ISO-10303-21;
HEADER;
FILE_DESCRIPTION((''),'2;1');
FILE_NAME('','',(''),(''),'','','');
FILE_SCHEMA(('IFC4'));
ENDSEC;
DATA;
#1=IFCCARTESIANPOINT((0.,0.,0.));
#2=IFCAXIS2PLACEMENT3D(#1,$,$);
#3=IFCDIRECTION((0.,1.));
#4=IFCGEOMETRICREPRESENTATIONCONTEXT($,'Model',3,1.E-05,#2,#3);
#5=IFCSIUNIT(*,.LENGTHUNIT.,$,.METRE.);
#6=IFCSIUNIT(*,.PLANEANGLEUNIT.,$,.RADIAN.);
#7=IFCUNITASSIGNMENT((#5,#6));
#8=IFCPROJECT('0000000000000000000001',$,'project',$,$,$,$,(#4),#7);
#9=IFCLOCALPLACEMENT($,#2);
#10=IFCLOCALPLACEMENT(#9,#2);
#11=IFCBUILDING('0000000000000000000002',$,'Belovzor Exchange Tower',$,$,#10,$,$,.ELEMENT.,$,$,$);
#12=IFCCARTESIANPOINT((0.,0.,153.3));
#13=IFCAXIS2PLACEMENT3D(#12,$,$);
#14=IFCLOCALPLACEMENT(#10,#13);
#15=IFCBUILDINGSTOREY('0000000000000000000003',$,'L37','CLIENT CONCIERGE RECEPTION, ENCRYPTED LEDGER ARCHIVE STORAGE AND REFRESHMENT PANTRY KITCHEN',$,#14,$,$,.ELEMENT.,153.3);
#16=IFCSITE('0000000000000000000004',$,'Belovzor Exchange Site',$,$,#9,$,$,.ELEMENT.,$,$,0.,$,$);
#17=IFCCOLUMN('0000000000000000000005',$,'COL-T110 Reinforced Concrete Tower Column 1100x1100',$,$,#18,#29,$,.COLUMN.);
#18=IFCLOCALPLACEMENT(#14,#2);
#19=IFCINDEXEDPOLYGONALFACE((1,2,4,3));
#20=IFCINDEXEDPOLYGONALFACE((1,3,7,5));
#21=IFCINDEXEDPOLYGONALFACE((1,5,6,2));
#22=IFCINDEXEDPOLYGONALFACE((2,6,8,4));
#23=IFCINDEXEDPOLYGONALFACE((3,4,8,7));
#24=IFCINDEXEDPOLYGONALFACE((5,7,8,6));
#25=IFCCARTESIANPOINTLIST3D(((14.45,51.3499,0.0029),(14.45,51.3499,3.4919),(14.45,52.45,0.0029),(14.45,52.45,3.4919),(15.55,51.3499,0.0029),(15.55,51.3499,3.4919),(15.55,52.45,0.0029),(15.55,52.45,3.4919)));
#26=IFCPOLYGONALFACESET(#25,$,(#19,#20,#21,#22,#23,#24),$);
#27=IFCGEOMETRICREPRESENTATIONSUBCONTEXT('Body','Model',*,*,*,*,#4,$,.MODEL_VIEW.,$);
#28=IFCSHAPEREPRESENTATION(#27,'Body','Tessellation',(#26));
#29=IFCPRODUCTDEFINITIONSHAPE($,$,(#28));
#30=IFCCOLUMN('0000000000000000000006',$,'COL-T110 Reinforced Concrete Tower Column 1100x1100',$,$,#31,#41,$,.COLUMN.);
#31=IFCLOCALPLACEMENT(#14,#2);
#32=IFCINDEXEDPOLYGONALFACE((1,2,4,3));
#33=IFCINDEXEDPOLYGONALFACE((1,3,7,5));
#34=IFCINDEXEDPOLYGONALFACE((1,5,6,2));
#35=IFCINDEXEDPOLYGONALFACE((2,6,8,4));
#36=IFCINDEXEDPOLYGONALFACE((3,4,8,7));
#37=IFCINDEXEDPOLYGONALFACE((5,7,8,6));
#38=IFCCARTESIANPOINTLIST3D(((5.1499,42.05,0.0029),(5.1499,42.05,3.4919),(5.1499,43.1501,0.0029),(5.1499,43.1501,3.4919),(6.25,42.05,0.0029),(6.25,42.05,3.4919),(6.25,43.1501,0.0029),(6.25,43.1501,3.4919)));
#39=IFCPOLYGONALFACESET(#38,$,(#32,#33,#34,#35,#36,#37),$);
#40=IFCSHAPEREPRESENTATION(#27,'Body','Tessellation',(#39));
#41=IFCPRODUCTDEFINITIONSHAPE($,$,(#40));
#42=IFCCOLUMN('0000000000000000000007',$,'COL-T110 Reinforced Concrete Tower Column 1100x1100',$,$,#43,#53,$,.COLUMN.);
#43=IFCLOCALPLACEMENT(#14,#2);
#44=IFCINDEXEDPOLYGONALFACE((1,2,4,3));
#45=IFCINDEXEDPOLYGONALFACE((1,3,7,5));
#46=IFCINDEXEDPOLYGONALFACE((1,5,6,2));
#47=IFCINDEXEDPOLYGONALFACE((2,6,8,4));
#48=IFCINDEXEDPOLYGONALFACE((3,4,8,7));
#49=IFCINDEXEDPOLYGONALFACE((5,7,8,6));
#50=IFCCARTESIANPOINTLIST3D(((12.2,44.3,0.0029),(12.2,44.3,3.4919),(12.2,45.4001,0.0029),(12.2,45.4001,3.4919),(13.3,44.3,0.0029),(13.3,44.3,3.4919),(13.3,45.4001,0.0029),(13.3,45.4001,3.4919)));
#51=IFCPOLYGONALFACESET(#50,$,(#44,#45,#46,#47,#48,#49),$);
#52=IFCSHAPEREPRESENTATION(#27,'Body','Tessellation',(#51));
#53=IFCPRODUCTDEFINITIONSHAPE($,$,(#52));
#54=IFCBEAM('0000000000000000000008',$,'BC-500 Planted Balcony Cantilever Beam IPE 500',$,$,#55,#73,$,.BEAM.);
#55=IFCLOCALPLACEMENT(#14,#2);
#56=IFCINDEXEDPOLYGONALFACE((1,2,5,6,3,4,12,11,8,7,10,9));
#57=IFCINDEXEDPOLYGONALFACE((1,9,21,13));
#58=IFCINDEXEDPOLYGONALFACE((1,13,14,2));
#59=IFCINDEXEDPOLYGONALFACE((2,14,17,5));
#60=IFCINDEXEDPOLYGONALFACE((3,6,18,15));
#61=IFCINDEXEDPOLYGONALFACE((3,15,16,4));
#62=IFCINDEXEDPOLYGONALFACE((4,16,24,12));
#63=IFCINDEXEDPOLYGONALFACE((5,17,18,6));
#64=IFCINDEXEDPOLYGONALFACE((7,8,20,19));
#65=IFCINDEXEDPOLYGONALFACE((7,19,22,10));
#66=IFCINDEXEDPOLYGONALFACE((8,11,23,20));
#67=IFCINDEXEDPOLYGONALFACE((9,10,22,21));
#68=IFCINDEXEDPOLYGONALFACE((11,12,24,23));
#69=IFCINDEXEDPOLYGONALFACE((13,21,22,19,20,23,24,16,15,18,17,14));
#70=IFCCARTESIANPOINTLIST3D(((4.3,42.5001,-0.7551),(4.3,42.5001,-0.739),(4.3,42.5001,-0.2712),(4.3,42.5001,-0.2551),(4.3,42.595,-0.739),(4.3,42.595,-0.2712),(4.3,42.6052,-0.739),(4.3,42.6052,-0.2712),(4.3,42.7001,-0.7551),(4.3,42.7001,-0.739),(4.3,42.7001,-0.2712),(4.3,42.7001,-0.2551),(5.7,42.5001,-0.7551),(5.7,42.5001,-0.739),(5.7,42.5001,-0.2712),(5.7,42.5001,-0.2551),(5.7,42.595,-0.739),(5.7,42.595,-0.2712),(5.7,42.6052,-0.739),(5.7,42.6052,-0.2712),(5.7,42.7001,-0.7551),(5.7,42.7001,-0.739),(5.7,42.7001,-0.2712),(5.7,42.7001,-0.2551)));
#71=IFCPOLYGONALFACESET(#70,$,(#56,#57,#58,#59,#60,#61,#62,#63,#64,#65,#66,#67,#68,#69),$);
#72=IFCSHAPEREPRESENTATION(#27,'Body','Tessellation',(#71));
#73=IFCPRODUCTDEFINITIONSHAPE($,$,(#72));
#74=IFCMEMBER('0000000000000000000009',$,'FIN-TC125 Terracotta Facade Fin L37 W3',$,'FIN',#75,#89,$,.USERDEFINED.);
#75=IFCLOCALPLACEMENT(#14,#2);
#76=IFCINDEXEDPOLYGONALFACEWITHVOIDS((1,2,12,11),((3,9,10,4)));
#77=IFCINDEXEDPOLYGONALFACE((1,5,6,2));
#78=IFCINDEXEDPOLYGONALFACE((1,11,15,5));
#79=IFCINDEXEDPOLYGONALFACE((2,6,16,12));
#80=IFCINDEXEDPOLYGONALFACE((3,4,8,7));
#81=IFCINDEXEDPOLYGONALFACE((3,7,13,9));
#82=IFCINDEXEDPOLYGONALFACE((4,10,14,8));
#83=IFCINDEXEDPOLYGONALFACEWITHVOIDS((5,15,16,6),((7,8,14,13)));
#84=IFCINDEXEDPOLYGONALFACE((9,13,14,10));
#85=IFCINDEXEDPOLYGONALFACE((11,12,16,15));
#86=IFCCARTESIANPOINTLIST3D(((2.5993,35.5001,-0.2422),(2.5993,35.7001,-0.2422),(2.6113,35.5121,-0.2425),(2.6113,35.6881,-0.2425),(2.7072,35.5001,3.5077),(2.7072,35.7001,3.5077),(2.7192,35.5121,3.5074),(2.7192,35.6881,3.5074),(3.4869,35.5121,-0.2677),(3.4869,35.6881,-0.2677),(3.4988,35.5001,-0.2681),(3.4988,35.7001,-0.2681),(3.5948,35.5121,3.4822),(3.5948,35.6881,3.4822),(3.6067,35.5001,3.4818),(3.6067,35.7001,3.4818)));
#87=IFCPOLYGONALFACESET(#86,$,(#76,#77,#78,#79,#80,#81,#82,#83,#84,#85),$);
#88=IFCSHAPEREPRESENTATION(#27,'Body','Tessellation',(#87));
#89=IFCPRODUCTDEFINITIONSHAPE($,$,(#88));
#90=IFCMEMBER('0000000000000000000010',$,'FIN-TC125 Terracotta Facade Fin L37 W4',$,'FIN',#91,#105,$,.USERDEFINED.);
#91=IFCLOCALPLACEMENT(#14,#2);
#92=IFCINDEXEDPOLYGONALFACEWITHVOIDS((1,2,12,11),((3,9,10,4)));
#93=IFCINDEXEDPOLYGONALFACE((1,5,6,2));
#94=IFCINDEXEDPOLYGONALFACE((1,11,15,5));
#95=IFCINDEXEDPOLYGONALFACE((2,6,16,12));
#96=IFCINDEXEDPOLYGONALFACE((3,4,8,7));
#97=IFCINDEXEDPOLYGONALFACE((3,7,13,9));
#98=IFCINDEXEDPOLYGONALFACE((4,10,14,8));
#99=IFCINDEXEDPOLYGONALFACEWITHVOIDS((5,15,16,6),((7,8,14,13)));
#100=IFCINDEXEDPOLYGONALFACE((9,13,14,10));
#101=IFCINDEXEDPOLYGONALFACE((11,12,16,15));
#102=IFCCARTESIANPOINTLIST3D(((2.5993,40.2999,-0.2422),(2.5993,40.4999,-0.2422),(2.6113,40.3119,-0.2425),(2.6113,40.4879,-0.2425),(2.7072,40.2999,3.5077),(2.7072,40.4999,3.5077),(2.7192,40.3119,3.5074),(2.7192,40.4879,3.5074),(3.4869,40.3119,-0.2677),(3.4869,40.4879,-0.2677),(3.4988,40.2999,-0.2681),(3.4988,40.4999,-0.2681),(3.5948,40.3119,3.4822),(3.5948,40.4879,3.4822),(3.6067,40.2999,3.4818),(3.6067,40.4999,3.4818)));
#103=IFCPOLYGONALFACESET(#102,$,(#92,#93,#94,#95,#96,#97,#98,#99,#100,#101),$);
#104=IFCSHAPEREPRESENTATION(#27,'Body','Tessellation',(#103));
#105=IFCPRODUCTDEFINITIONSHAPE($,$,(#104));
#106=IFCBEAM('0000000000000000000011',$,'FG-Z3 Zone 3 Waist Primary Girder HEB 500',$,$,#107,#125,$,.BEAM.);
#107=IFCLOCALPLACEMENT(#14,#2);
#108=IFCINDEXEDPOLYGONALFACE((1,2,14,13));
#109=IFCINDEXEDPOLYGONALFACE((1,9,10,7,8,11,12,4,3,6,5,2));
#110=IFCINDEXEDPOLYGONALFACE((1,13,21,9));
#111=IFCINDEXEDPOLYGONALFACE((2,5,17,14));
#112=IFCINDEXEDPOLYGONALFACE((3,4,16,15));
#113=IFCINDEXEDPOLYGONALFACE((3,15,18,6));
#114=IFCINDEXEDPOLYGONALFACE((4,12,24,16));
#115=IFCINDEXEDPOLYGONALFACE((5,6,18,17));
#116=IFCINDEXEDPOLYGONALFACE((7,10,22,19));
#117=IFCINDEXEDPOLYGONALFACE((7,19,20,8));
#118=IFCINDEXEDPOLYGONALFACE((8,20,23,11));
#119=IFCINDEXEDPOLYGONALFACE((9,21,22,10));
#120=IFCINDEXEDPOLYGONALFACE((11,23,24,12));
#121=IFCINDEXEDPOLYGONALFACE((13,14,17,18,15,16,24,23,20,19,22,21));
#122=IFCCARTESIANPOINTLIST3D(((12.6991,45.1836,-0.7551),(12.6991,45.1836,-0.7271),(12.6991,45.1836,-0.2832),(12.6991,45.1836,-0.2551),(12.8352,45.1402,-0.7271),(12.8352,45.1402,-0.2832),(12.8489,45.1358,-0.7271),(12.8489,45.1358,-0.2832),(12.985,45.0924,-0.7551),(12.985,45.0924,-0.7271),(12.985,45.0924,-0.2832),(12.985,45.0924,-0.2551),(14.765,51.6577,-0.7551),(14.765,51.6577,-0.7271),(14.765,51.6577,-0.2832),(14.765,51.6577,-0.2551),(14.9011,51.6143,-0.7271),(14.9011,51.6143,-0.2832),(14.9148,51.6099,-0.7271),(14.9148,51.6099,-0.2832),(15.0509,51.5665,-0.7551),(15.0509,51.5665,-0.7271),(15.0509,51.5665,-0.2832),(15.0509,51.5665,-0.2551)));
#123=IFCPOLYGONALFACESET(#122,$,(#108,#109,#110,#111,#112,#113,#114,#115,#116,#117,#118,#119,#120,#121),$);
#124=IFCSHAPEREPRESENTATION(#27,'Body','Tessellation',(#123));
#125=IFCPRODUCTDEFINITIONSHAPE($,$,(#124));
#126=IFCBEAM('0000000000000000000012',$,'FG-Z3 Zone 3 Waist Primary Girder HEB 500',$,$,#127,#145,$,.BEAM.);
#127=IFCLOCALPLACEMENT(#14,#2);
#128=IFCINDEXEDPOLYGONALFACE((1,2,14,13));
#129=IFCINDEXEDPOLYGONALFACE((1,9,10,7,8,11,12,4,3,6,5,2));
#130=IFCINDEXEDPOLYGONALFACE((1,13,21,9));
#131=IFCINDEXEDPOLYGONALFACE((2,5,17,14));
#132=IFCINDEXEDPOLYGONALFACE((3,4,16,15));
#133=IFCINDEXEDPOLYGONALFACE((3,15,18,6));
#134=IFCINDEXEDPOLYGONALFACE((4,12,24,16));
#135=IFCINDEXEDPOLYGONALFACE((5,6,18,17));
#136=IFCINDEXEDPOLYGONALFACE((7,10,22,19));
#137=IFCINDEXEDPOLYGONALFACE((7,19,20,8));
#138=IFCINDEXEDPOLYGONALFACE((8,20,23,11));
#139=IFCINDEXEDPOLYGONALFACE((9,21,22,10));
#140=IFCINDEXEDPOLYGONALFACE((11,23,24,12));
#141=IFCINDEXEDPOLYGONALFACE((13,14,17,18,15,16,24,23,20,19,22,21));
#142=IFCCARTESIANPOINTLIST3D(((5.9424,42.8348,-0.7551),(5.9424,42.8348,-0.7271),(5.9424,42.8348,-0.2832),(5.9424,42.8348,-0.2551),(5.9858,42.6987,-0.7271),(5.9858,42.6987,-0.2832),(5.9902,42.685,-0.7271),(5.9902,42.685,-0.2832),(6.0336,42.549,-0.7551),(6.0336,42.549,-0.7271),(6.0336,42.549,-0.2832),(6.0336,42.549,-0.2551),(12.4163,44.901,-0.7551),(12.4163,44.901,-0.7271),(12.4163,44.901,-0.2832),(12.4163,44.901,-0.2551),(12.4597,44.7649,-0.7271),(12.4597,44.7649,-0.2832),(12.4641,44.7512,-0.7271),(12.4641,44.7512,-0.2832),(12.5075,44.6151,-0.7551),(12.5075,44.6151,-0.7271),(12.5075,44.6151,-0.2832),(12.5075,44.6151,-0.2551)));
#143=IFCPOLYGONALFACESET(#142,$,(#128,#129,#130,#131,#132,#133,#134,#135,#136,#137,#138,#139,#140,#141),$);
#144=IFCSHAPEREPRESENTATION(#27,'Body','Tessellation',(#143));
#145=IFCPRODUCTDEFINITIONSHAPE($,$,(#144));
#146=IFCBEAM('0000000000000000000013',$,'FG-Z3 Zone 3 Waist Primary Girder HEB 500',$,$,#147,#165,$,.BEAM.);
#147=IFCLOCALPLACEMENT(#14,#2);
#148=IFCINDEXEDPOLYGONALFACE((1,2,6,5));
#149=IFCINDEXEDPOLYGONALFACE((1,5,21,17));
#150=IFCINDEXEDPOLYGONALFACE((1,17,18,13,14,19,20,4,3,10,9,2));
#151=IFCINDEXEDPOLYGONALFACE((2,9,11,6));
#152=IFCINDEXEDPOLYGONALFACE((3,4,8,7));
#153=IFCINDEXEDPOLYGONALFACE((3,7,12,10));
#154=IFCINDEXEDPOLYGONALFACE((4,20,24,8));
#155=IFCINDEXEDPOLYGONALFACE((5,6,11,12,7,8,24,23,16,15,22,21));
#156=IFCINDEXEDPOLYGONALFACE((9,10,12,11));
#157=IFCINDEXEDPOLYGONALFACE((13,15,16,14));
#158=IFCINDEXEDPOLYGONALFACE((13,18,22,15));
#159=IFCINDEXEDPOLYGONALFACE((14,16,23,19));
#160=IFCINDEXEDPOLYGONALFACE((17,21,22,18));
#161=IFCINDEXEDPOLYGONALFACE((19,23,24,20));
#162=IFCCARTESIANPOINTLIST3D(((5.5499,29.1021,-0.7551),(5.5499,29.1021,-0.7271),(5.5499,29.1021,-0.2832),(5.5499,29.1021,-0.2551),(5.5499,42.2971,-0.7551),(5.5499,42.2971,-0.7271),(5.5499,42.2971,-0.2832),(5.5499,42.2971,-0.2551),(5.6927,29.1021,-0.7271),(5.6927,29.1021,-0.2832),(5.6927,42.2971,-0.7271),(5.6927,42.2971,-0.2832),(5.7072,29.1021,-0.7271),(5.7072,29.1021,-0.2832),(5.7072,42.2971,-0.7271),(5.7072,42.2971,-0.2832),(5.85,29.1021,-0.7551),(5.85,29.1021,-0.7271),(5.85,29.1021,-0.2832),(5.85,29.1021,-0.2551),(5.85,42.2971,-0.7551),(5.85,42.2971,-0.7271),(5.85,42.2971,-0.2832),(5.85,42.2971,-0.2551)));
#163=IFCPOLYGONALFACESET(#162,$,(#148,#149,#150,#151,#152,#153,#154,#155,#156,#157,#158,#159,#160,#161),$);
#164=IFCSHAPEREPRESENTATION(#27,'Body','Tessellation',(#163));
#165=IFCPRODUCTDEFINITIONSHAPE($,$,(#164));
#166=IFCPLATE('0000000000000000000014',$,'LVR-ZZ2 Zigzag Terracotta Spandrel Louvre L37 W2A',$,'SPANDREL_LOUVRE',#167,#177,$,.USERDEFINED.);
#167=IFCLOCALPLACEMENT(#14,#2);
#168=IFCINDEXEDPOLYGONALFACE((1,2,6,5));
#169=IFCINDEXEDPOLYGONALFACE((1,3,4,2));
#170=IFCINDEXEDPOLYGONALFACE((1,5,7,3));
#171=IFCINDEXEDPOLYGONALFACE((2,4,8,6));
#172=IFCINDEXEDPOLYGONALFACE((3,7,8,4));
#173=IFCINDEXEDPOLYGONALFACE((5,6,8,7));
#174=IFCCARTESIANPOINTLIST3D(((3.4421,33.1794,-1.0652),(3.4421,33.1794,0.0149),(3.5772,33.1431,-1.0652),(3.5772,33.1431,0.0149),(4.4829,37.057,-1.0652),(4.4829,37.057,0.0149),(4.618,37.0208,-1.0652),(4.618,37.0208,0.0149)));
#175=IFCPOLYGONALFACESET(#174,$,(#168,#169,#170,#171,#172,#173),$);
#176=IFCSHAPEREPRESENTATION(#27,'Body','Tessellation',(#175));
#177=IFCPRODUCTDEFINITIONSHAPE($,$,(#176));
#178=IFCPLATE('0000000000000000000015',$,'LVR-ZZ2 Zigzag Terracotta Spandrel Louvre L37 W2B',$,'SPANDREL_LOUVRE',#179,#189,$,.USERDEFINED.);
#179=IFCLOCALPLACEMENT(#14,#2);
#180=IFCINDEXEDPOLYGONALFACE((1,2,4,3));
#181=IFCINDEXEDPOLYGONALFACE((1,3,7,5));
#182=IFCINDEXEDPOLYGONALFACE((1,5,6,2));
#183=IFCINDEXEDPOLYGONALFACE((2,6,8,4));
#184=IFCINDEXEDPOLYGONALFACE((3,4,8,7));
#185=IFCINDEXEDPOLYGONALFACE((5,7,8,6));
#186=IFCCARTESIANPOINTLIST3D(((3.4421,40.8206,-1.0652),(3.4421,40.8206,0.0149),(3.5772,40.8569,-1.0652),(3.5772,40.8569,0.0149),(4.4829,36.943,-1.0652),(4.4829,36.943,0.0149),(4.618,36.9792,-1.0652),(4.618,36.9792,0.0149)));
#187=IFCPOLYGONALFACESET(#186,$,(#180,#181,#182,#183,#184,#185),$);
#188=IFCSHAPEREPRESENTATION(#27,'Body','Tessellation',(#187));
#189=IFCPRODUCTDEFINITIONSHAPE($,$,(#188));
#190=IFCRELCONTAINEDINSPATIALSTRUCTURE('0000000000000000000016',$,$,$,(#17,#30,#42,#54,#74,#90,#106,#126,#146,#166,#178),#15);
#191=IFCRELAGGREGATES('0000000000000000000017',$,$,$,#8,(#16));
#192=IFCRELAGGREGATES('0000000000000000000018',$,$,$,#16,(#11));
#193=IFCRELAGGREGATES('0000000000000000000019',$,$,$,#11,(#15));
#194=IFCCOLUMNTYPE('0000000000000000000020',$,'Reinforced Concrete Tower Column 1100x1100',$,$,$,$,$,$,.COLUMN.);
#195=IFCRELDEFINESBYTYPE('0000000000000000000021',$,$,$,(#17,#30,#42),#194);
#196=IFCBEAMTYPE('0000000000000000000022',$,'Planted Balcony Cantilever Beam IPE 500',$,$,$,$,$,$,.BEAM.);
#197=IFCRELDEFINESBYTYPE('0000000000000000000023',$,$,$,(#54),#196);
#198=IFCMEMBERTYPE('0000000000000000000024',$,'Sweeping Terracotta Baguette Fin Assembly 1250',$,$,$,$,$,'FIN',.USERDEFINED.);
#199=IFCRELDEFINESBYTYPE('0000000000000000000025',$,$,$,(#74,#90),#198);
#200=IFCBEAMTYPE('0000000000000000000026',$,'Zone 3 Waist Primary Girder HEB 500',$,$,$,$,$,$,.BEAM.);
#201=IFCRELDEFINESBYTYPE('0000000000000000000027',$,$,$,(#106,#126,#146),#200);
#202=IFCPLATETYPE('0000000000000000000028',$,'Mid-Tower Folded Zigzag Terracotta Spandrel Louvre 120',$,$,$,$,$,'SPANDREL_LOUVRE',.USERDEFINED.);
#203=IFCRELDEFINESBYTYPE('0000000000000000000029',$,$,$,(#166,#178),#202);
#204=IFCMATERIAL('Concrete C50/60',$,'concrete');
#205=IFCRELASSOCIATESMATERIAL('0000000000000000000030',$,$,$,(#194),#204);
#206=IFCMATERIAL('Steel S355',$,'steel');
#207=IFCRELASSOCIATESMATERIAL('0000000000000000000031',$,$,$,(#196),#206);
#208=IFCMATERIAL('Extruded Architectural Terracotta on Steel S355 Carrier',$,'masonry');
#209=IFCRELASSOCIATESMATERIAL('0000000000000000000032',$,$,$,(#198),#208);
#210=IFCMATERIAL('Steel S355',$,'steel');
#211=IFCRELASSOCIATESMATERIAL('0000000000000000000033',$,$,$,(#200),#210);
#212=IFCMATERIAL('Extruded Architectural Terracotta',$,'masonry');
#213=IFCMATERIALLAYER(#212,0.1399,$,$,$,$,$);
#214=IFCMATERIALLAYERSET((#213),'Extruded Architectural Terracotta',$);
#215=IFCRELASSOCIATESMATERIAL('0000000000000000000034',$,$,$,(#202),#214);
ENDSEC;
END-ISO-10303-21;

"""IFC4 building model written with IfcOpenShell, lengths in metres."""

from ifc_helpers import new_model, si_unit, direction, frame, origin, origin_2d, place, context, subcontext, project, spatial, rectangle, hollow_rectangle, i_section, extrude, material, layer, layer_set, material_profile, profile_set, type_object, element, save


model = new_model("IFC4")

# Units and contexts
model_context = context("Model", 3, precision=1e-05, world=origin(), true_north=direction((0.0, 1.0)))
body_context = subcontext(model_context, "Body", "Model", "MODEL_VIEW")
ifc_project = project(units=[si_unit("LENGTHUNIT", "METRE"), si_unit("PLANEANGLEUNIT", "RADIAN")], contexts=[model_context])

# Site, building, storey
site_placement = place(None, origin())
site = spatial("IfcSite", under=ifc_project, at=site_placement, Name="Belovzor Exchange Site", CompositionType="ELEMENT", RefElevation=0.0)
building_placement = place(site_placement, origin())
building = spatial("IfcBuilding", under=site, at=building_placement, Name="Belovzor Exchange Tower", CompositionType="ELEMENT")
storey_placement = place(building_placement, frame((0.0, 0.0, 153.3)))
storey = spatial("IfcBuildingStorey", under=building, at=storey_placement, Name="L37", Description="CLIENT CONCIERGE RECEPTION, ENCRYPTED LEDGER ARCHIVE STORAGE AND REFRESHMENT PANTRY KITCHEN", CompositionType="ELEMENT", Elevation=153.3)

# Columns
ifc_material_1 = material(Name="Concrete C50/60", Category="concrete")
ifc_material_profile_1 = material_profile(ifc_material_1, rectangle(XDim=1.1001, YDim=1.1001, at=origin_2d()))
ifc_profile_set_1 = profile_set([ifc_material_profile_1], Name="Concrete C50/60")
column_type = type_object("IfcColumnType", Name="Reinforced Concrete Tower Column 1100x1100", PredefinedType="COLUMN", material=ifc_profile_set_1)
for number, where, z_axis, x_axis, name in (
    (1, (15.0, 51.8999, 0.0029), (0.0, 0.0, 1.0), (1.0, 0.0, 0.0), "COL-T110 Reinforced Concrete Tower Column 1100x1100"),
    (2, (5.7, 42.6001, 0.0029), (0.0, 0.0, 1.0), (1.0, 0.0, 0.0), "COL-T110 Reinforced Concrete Tower Column 1100x1100"),
    (3, (12.75, 44.8501, 0.0029), (0.0, 0.0, 1.0), (1.0, 0.0, 0.0), "COL-T110 Reinforced Concrete Tower Column 1100x1100"),
):
    element("IfcColumn", number, at=place(storey_placement, frame(where, z_axis=z_axis, x_axis=x_axis)), inside=storey, type_object=column_type, Name=name, PredefinedType="COLUMN", context=body_context, shape_type="SweptSolid", body=[
        extrude(rectangle(XDim=1.1001, YDim=1.1001, at=origin_2d()), origin(), (0.0, 0.0, 1.0), 3.489),
    ])

# Beam
ifc_material_2 = material(Name="Steel S355", Category="steel")
ifc_material_profile_2 = material_profile(ifc_material_2, i_section(OverallWidth=0.2, OverallDepth=0.5, WebThickness=0.0103, FlangeThickness=0.0161, at=origin_2d()))
ifc_profile_set_2 = profile_set([ifc_material_profile_2], Name="Steel S355")
beam_type_1 = type_object("IfcBeamType", Name="Planted Balcony Cantilever Beam IPE 500", PredefinedType="BEAM", material=ifc_profile_set_2)
beam_1_placement = place(storey_placement, frame((5.7, 42.6001, -0.5051), z_axis=(-1.0, 0.0, 0.0), x_axis=(0.0, -1.0, 0.0)))
element("IfcBeam", 4, at=beam_1_placement, inside=storey, type_object=beam_type_1, Name="BC-500 Planted Balcony Cantilever Beam IPE 500", PredefinedType="BEAM", context=body_context, shape_type="SweptSolid", body=[
    extrude(i_section(OverallWidth=0.2, OverallDepth=0.5, WebThickness=0.0103, FlangeThickness=0.0161, at=origin_2d()), origin(), (0.0, 0.0, 1.0), 1.3999),
])

# Members
ifc_material_3 = material(Name="Extruded Architectural Terracotta on Steel S355 Carrier", Category="masonry")
ifc_material_profile_3 = material_profile(ifc_material_3, hollow_rectangle(XDim=0.2, YDim=0.8999, WallThickness=0.012, at=origin_2d()))
ifc_profile_set_3 = profile_set([ifc_material_profile_3], Name="Extruded Architectural Terracotta on Steel S355 Carrier")
member_type = type_object("IfcMemberType", Name="Sweeping Terracotta Baguette Fin Assembly 1250", ElementType="FIN", PredefinedType="USERDEFINED", material=ifc_profile_set_3)
for number, where, z_axis, x_axis, name in (
    (5, (3.0491, 35.6001, -0.2551), (0.028764, 0.0, 0.999586), (0.0, 1.0, 0.0), "FIN-TC125 Terracotta Facade Fin L37 W3"),
    (6, (3.0491, 40.3999, -0.2551), (0.028764, 0.0, 0.999586), (0.0, 1.0, 0.0), "FIN-TC125 Terracotta Facade Fin L37 W4"),
):
    element("IfcMember", number, at=place(storey_placement, frame(where, z_axis=z_axis, x_axis=x_axis)), inside=storey, type_object=member_type, Name=name, ObjectType="FIN", PredefinedType="USERDEFINED", context=body_context, shape_type="SweptSolid", body=[
        extrude(hollow_rectangle(XDim=0.2, YDim=0.8999, WallThickness=0.012, at=origin_2d()), origin(), (0.0, 0.0, 1.0), 3.7515),
    ])

# Beams
ifc_material_4 = material(Name="Steel S355", Category="steel")
ifc_material_profile_4 = material_profile(ifc_material_4, i_section(OverallWidth=0.3, OverallDepth=0.5, WebThickness=0.0144, FlangeThickness=0.0281, at=origin_2d()))
ifc_profile_set_4 = profile_set([ifc_material_profile_4], Name="Steel S355")
beam_type_2 = type_object("IfcBeamType", Name="Zone 3 Waist Primary Girder HEB 500", PredefinedType="BEAM", material=ifc_profile_set_4)
for number, where, z_axis, x_axis, name in (
    (7, (14.908, 51.6121, -0.5051), (-0.304001, -0.952672, 0.0), (0.952672, -0.304001, 0.0), "FG-Z3 Zone 3 Waist Primary Girder HEB 500"),
    (8, (12.4619, 44.7581, -0.5051), (-0.952658, -0.304044, 0.0), (0.304044, -0.952658, 0.0), "FG-Z3 Zone 3 Waist Primary Girder HEB 500"),
):
    element("IfcBeam", number, at=place(storey_placement, frame(where, z_axis=z_axis, x_axis=x_axis)), inside=storey, type_object=beam_type_2, Name=name, PredefinedType="BEAM", context=body_context, shape_type="SweptSolid", body=[
        extrude(i_section(OverallWidth=0.3, OverallDepth=0.5, WebThickness=0.0144, FlangeThickness=0.0281, at=origin_2d()), origin(), (0.0, 0.0, 1.0), 6.7957),
    ])
beam_2_placement = place(storey_placement, frame((5.7, 42.2971, -0.5051), z_axis=(0.0, -1.0, 0.0), x_axis=(1.0, 0.0, 0.0)))
element("IfcBeam", 9, at=beam_2_placement, inside=storey, type_object=beam_type_2, Name="FG-Z3 Zone 3 Waist Primary Girder HEB 500", PredefinedType="BEAM", context=body_context, shape_type="SweptSolid", body=[
    extrude(i_section(OverallWidth=0.3, OverallDepth=0.5, WebThickness=0.0144, FlangeThickness=0.0281, at=origin_2d()), origin(), (0.0, 0.0, 1.0), 13.1951),
])

# Plates
ifc_material_5 = material(Name="Extruded Architectural Terracotta", Category="masonry")
ifc_layer_1 = layer(ifc_material_5, 0.1399)
ifc_layer_set_1 = layer_set([ifc_layer_1], Name="Extruded Architectural Terracotta")
plate_type = type_object("IfcPlateType", Name="Mid-Tower Folded Zigzag Terracotta Spandrel Louvre 120", ElementType="SPANDREL_LOUVRE", PredefinedType="USERDEFINED", material=ifc_layer_set_1)
for number, where, z_axis, x_axis, name in (
    (10, (4.03, 35.1001, -1.0652), (0.0, 0.0, 1.0), (0.25924, 0.965813, 0.0), "LVR-ZZ2 Zigzag Terracotta Spandrel Louvre L37 W2A"),
    (11, (4.03, 38.8999, -1.0652), (0.0, 0.0, 1.0), (-0.25924, 0.965813, 0.0), "LVR-ZZ2 Zigzag Terracotta Spandrel Louvre L37 W2B"),
):
    element("IfcPlate", number, at=place(storey_placement, frame(where, z_axis=z_axis, x_axis=x_axis)), inside=storey, type_object=plate_type, Name=name, ObjectType="SPANDREL_LOUVRE", PredefinedType="USERDEFINED", context=body_context, shape_type="SweptSolid", body=[
        extrude(rectangle(XDim=4.0149, YDim=0.1399, at=origin_2d()), origin(), (0.0, 0.0, 1.0), 1.0801),
    ])

save(model, "model.ifc")
